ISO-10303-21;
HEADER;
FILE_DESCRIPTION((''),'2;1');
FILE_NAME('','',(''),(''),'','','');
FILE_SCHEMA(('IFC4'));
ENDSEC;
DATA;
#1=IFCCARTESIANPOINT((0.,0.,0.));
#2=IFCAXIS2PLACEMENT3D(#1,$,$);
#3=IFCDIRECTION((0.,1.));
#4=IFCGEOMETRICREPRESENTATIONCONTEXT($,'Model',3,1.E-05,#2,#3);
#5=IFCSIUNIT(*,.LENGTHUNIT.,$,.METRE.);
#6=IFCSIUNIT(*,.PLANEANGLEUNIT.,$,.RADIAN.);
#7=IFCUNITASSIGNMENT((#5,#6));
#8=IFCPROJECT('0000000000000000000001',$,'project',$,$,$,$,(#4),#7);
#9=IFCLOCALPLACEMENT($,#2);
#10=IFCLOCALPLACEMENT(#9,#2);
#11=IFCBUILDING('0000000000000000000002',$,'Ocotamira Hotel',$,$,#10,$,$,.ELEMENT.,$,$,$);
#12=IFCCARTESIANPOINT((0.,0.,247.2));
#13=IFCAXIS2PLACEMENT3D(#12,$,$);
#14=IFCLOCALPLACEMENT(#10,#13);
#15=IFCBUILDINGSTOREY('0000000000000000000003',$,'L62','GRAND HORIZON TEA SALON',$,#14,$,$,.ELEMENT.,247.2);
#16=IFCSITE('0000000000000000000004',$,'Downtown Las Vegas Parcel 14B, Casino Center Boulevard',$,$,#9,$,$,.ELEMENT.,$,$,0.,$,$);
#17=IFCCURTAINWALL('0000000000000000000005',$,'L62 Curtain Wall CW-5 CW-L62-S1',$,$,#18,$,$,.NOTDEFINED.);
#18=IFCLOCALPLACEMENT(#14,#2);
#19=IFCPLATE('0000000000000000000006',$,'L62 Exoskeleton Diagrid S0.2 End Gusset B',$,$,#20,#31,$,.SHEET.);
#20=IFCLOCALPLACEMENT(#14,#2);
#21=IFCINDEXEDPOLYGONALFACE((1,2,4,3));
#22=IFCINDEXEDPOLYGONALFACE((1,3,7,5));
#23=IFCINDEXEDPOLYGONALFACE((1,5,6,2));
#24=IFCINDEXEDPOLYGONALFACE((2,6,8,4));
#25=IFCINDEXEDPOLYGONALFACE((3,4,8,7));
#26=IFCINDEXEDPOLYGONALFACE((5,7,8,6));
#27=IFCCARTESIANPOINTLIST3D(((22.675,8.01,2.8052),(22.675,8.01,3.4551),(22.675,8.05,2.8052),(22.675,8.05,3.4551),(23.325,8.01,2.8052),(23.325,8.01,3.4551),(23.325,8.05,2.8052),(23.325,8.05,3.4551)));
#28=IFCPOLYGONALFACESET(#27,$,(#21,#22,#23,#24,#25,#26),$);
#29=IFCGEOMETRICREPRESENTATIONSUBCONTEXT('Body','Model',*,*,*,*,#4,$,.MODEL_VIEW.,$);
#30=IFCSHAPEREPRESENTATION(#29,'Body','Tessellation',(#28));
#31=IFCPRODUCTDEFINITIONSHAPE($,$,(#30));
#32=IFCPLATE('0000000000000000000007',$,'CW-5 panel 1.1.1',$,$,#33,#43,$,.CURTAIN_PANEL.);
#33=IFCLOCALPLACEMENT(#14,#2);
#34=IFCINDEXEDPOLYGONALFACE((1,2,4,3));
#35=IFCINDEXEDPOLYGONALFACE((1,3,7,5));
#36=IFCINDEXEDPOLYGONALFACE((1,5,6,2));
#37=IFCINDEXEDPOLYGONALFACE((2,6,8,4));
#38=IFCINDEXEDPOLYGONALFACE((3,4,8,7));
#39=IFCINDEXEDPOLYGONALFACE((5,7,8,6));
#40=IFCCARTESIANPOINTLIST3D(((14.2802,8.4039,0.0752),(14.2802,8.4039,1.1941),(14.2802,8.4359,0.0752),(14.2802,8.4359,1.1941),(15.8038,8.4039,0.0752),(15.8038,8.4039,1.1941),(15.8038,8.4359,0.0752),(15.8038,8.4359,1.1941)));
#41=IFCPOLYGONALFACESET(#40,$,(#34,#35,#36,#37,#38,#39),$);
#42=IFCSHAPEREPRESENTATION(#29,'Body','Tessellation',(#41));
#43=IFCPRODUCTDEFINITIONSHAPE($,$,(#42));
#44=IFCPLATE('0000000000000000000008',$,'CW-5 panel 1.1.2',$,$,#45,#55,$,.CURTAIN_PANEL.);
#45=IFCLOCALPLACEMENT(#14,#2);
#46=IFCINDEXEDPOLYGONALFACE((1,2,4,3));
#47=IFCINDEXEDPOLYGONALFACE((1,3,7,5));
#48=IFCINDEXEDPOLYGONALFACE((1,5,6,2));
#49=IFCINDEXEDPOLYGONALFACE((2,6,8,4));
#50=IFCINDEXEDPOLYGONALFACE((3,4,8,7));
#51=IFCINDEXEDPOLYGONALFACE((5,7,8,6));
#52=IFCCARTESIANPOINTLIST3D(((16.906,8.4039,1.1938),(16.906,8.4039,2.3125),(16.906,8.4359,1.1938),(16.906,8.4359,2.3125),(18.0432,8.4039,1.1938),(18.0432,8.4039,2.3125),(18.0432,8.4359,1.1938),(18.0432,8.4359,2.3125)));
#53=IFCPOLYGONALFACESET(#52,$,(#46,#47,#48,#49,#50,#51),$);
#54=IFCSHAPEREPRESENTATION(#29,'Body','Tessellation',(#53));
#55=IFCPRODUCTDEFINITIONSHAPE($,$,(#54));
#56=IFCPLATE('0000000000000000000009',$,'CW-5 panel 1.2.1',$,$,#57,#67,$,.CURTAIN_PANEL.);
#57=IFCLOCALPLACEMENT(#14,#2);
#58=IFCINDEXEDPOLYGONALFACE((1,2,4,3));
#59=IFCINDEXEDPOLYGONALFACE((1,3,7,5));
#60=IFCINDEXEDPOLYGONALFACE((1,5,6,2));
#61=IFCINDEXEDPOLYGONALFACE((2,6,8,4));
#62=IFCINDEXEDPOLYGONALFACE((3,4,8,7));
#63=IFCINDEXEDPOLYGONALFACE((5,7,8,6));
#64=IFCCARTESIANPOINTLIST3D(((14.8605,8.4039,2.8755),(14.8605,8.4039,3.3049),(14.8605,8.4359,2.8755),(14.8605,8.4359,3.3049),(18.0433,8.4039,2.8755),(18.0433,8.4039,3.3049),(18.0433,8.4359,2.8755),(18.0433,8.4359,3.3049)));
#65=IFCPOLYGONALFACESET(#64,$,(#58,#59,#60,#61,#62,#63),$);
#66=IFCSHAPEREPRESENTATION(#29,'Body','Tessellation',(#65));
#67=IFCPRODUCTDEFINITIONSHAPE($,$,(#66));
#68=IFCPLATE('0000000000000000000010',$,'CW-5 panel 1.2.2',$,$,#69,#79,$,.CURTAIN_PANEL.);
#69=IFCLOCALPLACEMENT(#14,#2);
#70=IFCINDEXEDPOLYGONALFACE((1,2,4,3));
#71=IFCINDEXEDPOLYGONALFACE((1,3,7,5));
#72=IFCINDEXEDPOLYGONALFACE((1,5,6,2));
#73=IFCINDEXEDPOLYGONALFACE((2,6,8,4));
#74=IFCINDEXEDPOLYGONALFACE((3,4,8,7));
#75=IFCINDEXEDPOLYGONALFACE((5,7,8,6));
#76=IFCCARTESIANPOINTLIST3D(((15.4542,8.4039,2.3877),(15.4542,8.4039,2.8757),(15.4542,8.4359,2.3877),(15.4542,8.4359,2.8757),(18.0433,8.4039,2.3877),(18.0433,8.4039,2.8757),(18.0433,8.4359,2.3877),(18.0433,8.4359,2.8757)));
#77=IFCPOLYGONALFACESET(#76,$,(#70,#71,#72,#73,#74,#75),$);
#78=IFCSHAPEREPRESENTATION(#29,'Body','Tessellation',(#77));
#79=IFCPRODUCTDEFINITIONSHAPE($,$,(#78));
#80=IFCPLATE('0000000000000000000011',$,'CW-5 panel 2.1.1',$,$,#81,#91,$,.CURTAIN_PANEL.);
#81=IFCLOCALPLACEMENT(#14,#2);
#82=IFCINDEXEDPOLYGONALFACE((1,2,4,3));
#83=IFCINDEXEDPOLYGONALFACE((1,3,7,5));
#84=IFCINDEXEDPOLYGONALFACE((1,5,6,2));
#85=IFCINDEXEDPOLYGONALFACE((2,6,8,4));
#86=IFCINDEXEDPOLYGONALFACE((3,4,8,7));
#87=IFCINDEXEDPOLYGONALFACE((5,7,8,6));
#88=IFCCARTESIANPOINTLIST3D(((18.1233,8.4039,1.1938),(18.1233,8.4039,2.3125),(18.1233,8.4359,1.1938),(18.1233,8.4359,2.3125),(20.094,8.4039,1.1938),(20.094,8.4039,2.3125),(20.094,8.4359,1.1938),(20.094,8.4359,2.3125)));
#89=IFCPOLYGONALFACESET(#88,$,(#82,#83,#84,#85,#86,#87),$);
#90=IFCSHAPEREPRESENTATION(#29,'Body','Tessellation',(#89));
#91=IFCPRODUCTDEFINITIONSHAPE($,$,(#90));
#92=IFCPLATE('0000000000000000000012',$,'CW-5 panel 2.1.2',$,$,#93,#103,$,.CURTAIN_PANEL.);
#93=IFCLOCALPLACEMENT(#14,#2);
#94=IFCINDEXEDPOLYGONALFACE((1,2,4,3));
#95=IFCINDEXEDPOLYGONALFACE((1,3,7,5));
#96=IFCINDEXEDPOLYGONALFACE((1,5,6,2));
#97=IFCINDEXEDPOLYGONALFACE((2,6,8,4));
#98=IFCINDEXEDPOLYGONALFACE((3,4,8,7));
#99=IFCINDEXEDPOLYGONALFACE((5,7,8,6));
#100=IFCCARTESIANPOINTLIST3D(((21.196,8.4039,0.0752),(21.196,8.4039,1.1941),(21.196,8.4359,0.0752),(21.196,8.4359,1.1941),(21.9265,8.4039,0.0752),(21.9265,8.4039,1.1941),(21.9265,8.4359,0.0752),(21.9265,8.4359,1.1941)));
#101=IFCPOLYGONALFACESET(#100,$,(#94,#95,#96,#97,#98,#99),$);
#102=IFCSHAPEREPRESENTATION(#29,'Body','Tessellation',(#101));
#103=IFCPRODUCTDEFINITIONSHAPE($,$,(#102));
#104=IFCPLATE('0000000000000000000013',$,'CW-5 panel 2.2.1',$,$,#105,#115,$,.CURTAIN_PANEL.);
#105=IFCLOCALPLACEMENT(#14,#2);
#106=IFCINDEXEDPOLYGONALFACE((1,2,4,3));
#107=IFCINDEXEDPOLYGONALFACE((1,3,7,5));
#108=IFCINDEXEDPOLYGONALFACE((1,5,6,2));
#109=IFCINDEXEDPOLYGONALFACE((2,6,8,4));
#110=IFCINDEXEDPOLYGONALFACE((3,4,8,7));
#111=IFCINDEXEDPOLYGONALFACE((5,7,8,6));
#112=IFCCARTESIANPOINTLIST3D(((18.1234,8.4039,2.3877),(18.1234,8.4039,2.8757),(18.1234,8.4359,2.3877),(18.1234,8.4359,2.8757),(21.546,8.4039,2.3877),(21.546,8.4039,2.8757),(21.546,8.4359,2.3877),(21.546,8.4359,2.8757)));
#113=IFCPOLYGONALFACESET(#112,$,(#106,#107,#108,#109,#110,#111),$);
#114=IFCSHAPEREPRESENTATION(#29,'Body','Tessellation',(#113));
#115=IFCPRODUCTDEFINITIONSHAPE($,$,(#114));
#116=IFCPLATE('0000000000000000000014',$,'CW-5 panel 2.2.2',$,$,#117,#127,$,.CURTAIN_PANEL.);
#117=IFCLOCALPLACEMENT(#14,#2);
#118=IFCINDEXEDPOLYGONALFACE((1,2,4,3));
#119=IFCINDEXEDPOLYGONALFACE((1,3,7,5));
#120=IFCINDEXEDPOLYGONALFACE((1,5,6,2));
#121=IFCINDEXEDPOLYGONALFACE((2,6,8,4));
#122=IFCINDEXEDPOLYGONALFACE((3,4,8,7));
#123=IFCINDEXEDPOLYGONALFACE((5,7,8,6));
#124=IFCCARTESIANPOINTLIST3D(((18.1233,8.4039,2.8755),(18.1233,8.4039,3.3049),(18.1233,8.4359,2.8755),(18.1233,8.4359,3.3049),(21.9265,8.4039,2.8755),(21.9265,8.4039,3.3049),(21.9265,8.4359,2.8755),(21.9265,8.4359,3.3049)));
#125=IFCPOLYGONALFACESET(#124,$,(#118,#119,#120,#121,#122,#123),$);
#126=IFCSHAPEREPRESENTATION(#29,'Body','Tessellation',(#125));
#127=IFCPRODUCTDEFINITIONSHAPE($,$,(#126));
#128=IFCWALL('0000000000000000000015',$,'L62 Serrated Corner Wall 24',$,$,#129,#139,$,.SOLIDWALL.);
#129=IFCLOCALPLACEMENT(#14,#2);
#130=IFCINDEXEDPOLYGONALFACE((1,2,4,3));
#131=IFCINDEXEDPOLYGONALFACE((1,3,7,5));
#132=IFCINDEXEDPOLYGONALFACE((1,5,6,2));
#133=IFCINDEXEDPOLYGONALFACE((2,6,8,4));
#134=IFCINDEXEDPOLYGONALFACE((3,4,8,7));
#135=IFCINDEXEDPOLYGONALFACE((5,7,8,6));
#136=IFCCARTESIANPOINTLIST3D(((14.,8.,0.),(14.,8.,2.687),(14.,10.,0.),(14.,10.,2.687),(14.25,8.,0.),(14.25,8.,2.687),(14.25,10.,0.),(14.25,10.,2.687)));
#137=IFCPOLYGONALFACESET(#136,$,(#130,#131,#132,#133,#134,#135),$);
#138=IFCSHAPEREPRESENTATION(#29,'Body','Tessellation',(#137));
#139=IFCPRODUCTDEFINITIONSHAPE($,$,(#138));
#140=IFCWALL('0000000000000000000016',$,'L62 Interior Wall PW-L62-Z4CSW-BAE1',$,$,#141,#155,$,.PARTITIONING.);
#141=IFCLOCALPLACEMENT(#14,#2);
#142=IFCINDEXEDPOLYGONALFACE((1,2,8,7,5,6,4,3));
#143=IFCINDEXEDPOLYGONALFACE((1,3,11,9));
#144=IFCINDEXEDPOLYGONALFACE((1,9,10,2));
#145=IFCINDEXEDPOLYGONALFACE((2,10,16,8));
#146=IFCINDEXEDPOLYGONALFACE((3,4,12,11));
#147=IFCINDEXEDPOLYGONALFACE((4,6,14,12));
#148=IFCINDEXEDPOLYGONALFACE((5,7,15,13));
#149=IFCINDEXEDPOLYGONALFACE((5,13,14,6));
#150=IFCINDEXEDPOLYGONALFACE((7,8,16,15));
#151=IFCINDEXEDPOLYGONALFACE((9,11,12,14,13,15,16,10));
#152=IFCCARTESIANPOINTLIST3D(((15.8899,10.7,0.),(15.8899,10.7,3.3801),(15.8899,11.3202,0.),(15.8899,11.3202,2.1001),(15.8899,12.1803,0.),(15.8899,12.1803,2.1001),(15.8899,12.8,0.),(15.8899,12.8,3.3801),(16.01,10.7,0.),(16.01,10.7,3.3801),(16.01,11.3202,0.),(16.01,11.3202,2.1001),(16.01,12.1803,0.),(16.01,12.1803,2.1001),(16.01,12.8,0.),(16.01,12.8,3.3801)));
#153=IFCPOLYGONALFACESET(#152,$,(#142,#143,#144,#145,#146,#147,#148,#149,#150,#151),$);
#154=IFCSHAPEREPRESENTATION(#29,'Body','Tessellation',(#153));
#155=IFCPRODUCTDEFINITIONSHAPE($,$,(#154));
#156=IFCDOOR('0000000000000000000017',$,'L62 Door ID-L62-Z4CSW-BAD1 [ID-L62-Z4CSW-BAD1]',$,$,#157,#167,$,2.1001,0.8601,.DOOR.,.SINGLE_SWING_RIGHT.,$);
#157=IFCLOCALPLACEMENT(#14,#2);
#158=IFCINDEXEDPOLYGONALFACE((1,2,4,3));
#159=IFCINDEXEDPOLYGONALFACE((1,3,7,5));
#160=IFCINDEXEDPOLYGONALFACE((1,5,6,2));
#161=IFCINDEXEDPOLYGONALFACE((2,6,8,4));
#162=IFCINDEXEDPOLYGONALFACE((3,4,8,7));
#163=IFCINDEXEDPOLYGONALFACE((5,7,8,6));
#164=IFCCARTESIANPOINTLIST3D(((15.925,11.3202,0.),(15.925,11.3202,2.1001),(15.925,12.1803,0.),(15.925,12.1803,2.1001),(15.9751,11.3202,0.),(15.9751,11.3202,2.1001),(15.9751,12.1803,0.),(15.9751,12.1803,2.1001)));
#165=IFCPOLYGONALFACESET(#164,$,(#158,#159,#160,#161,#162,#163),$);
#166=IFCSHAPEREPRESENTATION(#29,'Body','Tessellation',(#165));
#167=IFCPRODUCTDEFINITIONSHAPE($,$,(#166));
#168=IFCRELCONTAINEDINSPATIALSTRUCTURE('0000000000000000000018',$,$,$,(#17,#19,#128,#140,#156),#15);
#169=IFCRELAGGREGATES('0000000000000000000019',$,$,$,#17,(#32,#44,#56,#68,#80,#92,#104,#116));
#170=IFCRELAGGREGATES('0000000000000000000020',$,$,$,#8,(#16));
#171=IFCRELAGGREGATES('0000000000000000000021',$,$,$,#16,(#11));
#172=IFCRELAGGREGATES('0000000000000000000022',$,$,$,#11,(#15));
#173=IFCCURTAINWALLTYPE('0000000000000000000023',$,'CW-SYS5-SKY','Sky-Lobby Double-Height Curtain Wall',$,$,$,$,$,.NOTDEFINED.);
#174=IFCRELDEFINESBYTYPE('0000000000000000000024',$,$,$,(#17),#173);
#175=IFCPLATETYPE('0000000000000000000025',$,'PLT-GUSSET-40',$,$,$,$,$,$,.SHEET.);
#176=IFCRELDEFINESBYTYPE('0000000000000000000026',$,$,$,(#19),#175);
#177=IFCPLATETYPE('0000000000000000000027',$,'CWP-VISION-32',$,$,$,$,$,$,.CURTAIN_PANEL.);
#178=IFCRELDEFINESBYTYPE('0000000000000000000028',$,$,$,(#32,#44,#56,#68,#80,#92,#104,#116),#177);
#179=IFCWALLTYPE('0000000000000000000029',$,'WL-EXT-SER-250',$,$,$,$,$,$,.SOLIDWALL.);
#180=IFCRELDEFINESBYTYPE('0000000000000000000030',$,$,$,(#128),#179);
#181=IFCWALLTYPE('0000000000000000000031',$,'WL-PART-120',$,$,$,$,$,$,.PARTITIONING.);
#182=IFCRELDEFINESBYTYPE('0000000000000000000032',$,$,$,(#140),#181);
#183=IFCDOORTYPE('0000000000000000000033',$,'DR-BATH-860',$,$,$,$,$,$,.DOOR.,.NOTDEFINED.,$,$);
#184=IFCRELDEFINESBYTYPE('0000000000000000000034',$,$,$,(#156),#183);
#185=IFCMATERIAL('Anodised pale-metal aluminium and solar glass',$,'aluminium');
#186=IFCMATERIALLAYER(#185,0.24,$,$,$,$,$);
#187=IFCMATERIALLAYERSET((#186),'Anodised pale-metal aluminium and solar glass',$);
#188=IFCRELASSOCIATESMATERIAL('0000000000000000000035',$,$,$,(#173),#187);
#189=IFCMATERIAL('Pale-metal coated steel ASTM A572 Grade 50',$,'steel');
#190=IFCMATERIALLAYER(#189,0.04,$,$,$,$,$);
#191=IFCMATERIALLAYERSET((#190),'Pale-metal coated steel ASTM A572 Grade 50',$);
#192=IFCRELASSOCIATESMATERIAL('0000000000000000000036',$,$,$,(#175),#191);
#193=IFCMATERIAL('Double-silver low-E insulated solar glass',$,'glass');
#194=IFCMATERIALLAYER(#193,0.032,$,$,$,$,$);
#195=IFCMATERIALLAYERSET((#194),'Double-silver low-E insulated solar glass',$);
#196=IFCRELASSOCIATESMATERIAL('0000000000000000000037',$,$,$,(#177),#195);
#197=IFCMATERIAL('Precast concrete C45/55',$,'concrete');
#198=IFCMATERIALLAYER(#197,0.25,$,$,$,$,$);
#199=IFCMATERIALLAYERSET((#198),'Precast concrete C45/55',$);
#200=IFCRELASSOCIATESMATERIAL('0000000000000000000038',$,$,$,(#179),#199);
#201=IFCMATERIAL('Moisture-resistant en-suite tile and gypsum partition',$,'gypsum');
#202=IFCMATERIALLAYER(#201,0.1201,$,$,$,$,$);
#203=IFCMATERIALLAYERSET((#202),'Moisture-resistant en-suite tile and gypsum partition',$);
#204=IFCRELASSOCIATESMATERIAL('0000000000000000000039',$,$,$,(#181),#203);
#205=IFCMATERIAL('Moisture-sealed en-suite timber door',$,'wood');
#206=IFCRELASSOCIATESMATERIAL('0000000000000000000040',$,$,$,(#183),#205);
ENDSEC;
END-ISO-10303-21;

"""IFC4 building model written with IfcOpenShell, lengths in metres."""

from ifc_helpers import new_model, si_unit, direction, frame, frame_2d, origin, origin_2d, place, context, subcontext, project, spatial, rectangle, extrude, source, transform, mapped, material, layer, layer_set, type_object, element, fill, aggregate, save


model = new_model("IFC4")

# Units and contexts
model_context = context("Model", 3, precision=1e-05, world=origin(), true_north=direction((0.0, 1.0)))
body_context = subcontext(model_context, "Body", "Model", "MODEL_VIEW")
ifc_project = project(units=[si_unit("LENGTHUNIT", "METRE"), si_unit("PLANEANGLEUNIT", "RADIAN")], contexts=[model_context])

# Site, building, storey
site_placement = place(None, origin())
site = spatial("IfcSite", under=ifc_project, at=site_placement, Name="Downtown Las Vegas Parcel 14B, Casino Center Boulevard", CompositionType="ELEMENT", RefElevation=0.0)
building_placement = place(site_placement, origin())
building = spatial("IfcBuilding", under=site, at=building_placement, Name="Ocotamira Hotel", CompositionType="ELEMENT")
storey_placement = place(building_placement, frame((0.0, 0.0, 247.2)))
storey = spatial("IfcBuildingStorey", under=building, at=storey_placement, Name="L62", Description="GRAND HORIZON TEA SALON", CompositionType="ELEMENT", Elevation=247.2)

# Curtain wall
ifc_material_1 = material(Name="Anodised pale-metal aluminium and solar glass", Category="aluminium")
ifc_layer_1 = layer(ifc_material_1, 0.24)
ifc_layer_set_1 = layer_set([ifc_layer_1], Name="Anodised pale-metal aluminium and solar glass")
curtain_wall_type = type_object("IfcCurtainWallType", Name="CW-SYS5-SKY", Description="Sky-Lobby Double-Height Curtain Wall", PredefinedType="NOTDEFINED", material=ifc_layer_set_1)
curtain_wall_placement = place(storey_placement, origin())
curtain_wall = element("IfcCurtainWall", 1, at=curtain_wall_placement, inside=storey, type_object=curtain_wall_type, Name="L62 Curtain Wall CW-5 CW-L62-S1", PredefinedType="NOTDEFINED")

# Plates
ifc_material_2 = material(Name="Pale-metal coated steel ASTM A572 Grade 50", Category="steel")
ifc_layer_2 = layer(ifc_material_2, 0.04)
ifc_layer_set_2 = layer_set([ifc_layer_2], Name="Pale-metal coated steel ASTM A572 Grade 50")
plate_type_1 = type_object("IfcPlateType", Name="PLT-GUSSET-40", PredefinedType="SHEET", material=ifc_layer_set_2)
shared_shape_1 = source(origin(), body_context, "Body", "SweptSolid", [
    extrude(rectangle(XDim=0.6499, YDim=0.04, at=origin_2d()), origin(), (0.0, 0.0, 1.0), 0.6499),
])
plate_1_placement = place(storey_placement, frame((23.0, 8.03, 2.8052), z_axis=(0.0, 0.0, 1.0), x_axis=(1.0, 0.0, 0.0)))
element("IfcPlate", 2, at=plate_1_placement, inside=storey, type_object=plate_type_1, Name="L62 Exoskeleton Diagrid S0.2 End Gusset B", PredefinedType="SHEET", context=body_context, shape_type="MappedRepresentation", body=[
    mapped(shared_shape_1, transform((0.0, 0.0, 0.0), scale=1.0)),
])
ifc_material_3 = material(Name="Double-silver low-E insulated solar glass", Category="glass")
ifc_layer_3 = layer(ifc_material_3, 0.032)
ifc_layer_set_3 = layer_set([ifc_layer_3], Name="Double-silver low-E insulated solar glass")
plate_type_2 = type_object("IfcPlateType", Name="CWP-VISION-32", PredefinedType="CURTAIN_PANEL", material=ifc_layer_set_3)
shared_shape_2 = source(origin(), body_context, "Body", "SweptSolid", [
    extrude(rectangle(XDim=1.5237, YDim=0.032, at=origin_2d()), origin(), (0.0, 0.0, 1.0), 1.1189),
])
plate_2_placement = place(storey_placement, frame((15.042, 8.4199, 0.0752), z_axis=(0.0, 0.0, 1.0), x_axis=(1.0, 0.0, 0.0)))
plate_2 = element("IfcPlate", 3, at=plate_2_placement, type_object=plate_type_2, Name="CW-5 panel 1.1.1", PredefinedType="CURTAIN_PANEL", context=body_context, shape_type="MappedRepresentation", body=[
    mapped(shared_shape_2, transform((0.0, 0.0, 0.0), scale=1.0)),
])
shared_shape_3 = source(origin(), body_context, "Body", "SweptSolid", [
    extrude(rectangle(XDim=1.1372, YDim=0.032, at=origin_2d()), origin(), (0.0, 0.0, 1.0), 1.1187),
])
plate_3_placement = place(storey_placement, frame((17.4746, 8.4199, 1.1938), z_axis=(0.0, 0.0, 1.0), x_axis=(1.0, 0.0, 0.0)))
plate_3 = element("IfcPlate", 4, at=plate_3_placement, type_object=plate_type_2, Name="CW-5 panel 1.1.2", PredefinedType="CURTAIN_PANEL", context=body_context, shape_type="MappedRepresentation", body=[
    mapped(shared_shape_3, transform((0.0, 0.0, 0.0), scale=1.0)),
])
shared_shape_4 = source(origin(), body_context, "Body", "SweptSolid", [
    extrude(rectangle(XDim=3.1829, YDim=0.032, at=origin_2d()), origin(), (0.0, 0.0, 1.0), 0.4294),
])
plate_4_placement = place(storey_placement, frame((16.4519, 8.4199, 2.8755), z_axis=(0.0, 0.0, 1.0), x_axis=(1.0, 0.0, 0.0)))
plate_4 = element("IfcPlate", 5, at=plate_4_placement, type_object=plate_type_2, Name="CW-5 panel 1.2.1", PredefinedType="CURTAIN_PANEL", context=body_context, shape_type="MappedRepresentation", body=[
    mapped(shared_shape_4, transform((0.0, 0.0, 0.0), scale=1.0)),
])
shared_shape_5 = source(origin(), body_context, "Body", "SweptSolid", [
    extrude(rectangle(XDim=2.5891, YDim=0.032, at=origin_2d()), origin(), (0.0, 0.0, 1.0), 0.488),
])
plate_5_placement = place(storey_placement, frame((16.7488, 8.4199, 2.3877), z_axis=(0.0, 0.0, 1.0), x_axis=(1.0, 0.0, 0.0)))
plate_5 = element("IfcPlate", 6, at=plate_5_placement, type_object=plate_type_2, Name="CW-5 panel 1.2.2", PredefinedType="CURTAIN_PANEL", context=body_context, shape_type="MappedRepresentation", body=[
    mapped(shared_shape_5, transform((0.0, 0.0, 0.0), scale=1.0)),
])
shared_shape_6 = source(origin(), body_context, "Body", "SweptSolid", [
    extrude(rectangle(XDim=1.9707, YDim=0.032, at=origin_2d()), origin(), (0.0, 0.0, 1.0), 1.1187),
])
plate_6_placement = place(storey_placement, frame((19.1086, 8.4199, 1.1938), z_axis=(0.0, 0.0, 1.0), x_axis=(1.0, 0.0, 0.0)))
plate_6 = element("IfcPlate", 7, at=plate_6_placement, type_object=plate_type_2, Name="CW-5 panel 2.1.1", PredefinedType="CURTAIN_PANEL", context=body_context, shape_type="MappedRepresentation", body=[
    mapped(shared_shape_6, transform((0.0, 0.0, 0.0), scale=1.0)),
])
shared_shape_7 = source(origin(), body_context, "Body", "SweptSolid", [
    extrude(rectangle(XDim=0.7305, YDim=0.032, at=origin_2d()), origin(), (0.0, 0.0, 1.0), 1.1189),
])
plate_7_placement = place(storey_placement, frame((21.5613, 8.4199, 0.0752), z_axis=(0.0, 0.0, 1.0), x_axis=(1.0, 0.0, 0.0)))
plate_7 = element("IfcPlate", 8, at=plate_7_placement, type_object=plate_type_2, Name="CW-5 panel 2.1.2", PredefinedType="CURTAIN_PANEL", context=body_context, shape_type="MappedRepresentation", body=[
    mapped(shared_shape_7, transform((0.0, 0.0, 0.0), scale=1.0)),
])
shared_shape_8 = source(origin(), body_context, "Body", "SweptSolid", [
    extrude(rectangle(XDim=3.4226, YDim=0.032, at=origin_2d()), origin(), (0.0, 0.0, 1.0), 0.488),
])
plate_8_placement = place(storey_placement, frame((19.8347, 8.4199, 2.3877), z_axis=(0.0, 0.0, 1.0), x_axis=(1.0, 0.0, 0.0)))
plate_8 = element("IfcPlate", 9, at=plate_8_placement, type_object=plate_type_2, Name="CW-5 panel 2.2.1", PredefinedType="CURTAIN_PANEL", context=body_context, shape_type="MappedRepresentation", body=[
    mapped(shared_shape_8, transform((0.0, 0.0, 0.0), scale=1.0)),
])
shared_shape_9 = source(origin(), body_context, "Body", "SweptSolid", [
    extrude(rectangle(XDim=3.8032, YDim=0.032, at=origin_2d()), origin(), (0.0, 0.0, 1.0), 0.4294),
])
plate_9_placement = place(storey_placement, frame((20.0249, 8.4199, 2.8755), z_axis=(0.0, 0.0, 1.0), x_axis=(1.0, 0.0, 0.0)))
plate_9 = element("IfcPlate", 10, at=plate_9_placement, type_object=plate_type_2, Name="CW-5 panel 2.2.2", PredefinedType="CURTAIN_PANEL", context=body_context, shape_type="MappedRepresentation", body=[
    mapped(shared_shape_9, transform((0.0, 0.0, 0.0), scale=1.0)),
])
aggregate(curtain_wall, [plate_2, plate_3, plate_4, plate_5, plate_6, plate_7, plate_8, plate_9])

# Wall
ifc_material_4 = material(Name="Precast concrete C45/55", Category="concrete")
ifc_layer_4 = layer(ifc_material_4, 0.25)
ifc_layer_set_4 = layer_set([ifc_layer_4], Name="Precast concrete C45/55")
wall_type_1 = type_object("IfcWallType", Name="WL-EXT-SER-250", PredefinedType="SOLIDWALL", material=ifc_layer_set_4)
wall_1_placement = place(storey_placement, frame((14.125, 10.0, 0.0), z_axis=(0.0, 0.0, 1.0), x_axis=(0.0, -1.0, 0.0)))
element("IfcWall", 11, at=wall_1_placement, inside=storey, type_object=wall_type_1, Name="L62 Serrated Corner Wall 24", PredefinedType="SOLIDWALL", context=body_context, shape_type="SweptSolid", body=[
    extrude(rectangle(XDim=2.0, YDim=0.25, at=frame_2d((1.0, 0.0))), origin(), (0.0, 0.0, 1.0), 2.687),
])

# Wall, opening, door
ifc_material_5 = material(Name="Moisture-resistant en-suite tile and gypsum partition", Category="gypsum")
ifc_layer_5 = layer(ifc_material_5, 0.1201)
ifc_layer_set_5 = layer_set([ifc_layer_5], Name="Moisture-resistant en-suite tile and gypsum partition")
wall_type_2 = type_object("IfcWallType", Name="WL-PART-120", PredefinedType="PARTITIONING", material=ifc_layer_set_5)
wall_2_placement = place(storey_placement, frame((15.95, 10.7, 0.0), z_axis=(0.0, 0.0, 1.0), x_axis=(0.0, 1.0, 0.0)))
wall_2 = element("IfcWall", 12, at=wall_2_placement, inside=storey, type_object=wall_type_2, Name="L62 Interior Wall PW-L62-Z4CSW-BAE1", PredefinedType="PARTITIONING", context=body_context, shape_type="SweptSolid", body=[
    extrude(rectangle(XDim=2.1001, YDim=0.1201, at=frame_2d((1.05, 0.0))), origin(), (0.0, 0.0, 1.0), 3.3801),
])
opening_placement = place(wall_2_placement, frame((0.6201, 0.0, 0.0)))
opening = element("IfcOpeningElement", 13, at=opening_placement, cuts=wall_2, PredefinedType="OPENING", context=body_context, shape_type="SweptSolid", body=[
    extrude(rectangle(XDim=0.8601, YDim=2.1001, at=frame_2d((0.4302, 1.05))), frame((0.0, 0.0701, 0.0), z_axis=(0.0, -1.0, 0.0), x_axis=(1.0, 0.0, 0.0)), (0.0, 0.0, 1.0), 0.1401),
])
ifc_material_6 = material(Name="Moisture-sealed en-suite timber door", Category="wood")
door_type = type_object("IfcDoorType", Name="DR-BATH-860", OperationType="NOTDEFINED", PredefinedType="DOOR", material=ifc_material_6)
shared_shape_10 = source(origin(), body_context, "Body", "SweptSolid", [
    extrude(rectangle(XDim=0.8601, YDim=2.1001, at=frame_2d((0.4302, 1.05))), frame((0.0, 0.0249, 0.0), z_axis=(0.0, -1.0, 0.0), x_axis=(1.0, 0.0, 0.0)), (0.0, 0.0, 1.0), 0.05),
])
door_placement = place(opening_placement, origin())
door = element("IfcDoor", 14, at=door_placement, inside=storey, type_object=door_type, Name="L62 Door ID-L62-Z4CSW-BAD1 [ID-L62-Z4CSW-BAD1]", OperationType="SINGLE_SWING_RIGHT", OverallHeight=2.1001, OverallWidth=0.8601, PredefinedType="DOOR", context=body_context, shape_type="MappedRepresentation", body=[
    mapped(shared_shape_10, transform((0.0, 0.0, 0.0), scale=1.0)),
])
fill(opening, door)

save(model, "model.ifc")
